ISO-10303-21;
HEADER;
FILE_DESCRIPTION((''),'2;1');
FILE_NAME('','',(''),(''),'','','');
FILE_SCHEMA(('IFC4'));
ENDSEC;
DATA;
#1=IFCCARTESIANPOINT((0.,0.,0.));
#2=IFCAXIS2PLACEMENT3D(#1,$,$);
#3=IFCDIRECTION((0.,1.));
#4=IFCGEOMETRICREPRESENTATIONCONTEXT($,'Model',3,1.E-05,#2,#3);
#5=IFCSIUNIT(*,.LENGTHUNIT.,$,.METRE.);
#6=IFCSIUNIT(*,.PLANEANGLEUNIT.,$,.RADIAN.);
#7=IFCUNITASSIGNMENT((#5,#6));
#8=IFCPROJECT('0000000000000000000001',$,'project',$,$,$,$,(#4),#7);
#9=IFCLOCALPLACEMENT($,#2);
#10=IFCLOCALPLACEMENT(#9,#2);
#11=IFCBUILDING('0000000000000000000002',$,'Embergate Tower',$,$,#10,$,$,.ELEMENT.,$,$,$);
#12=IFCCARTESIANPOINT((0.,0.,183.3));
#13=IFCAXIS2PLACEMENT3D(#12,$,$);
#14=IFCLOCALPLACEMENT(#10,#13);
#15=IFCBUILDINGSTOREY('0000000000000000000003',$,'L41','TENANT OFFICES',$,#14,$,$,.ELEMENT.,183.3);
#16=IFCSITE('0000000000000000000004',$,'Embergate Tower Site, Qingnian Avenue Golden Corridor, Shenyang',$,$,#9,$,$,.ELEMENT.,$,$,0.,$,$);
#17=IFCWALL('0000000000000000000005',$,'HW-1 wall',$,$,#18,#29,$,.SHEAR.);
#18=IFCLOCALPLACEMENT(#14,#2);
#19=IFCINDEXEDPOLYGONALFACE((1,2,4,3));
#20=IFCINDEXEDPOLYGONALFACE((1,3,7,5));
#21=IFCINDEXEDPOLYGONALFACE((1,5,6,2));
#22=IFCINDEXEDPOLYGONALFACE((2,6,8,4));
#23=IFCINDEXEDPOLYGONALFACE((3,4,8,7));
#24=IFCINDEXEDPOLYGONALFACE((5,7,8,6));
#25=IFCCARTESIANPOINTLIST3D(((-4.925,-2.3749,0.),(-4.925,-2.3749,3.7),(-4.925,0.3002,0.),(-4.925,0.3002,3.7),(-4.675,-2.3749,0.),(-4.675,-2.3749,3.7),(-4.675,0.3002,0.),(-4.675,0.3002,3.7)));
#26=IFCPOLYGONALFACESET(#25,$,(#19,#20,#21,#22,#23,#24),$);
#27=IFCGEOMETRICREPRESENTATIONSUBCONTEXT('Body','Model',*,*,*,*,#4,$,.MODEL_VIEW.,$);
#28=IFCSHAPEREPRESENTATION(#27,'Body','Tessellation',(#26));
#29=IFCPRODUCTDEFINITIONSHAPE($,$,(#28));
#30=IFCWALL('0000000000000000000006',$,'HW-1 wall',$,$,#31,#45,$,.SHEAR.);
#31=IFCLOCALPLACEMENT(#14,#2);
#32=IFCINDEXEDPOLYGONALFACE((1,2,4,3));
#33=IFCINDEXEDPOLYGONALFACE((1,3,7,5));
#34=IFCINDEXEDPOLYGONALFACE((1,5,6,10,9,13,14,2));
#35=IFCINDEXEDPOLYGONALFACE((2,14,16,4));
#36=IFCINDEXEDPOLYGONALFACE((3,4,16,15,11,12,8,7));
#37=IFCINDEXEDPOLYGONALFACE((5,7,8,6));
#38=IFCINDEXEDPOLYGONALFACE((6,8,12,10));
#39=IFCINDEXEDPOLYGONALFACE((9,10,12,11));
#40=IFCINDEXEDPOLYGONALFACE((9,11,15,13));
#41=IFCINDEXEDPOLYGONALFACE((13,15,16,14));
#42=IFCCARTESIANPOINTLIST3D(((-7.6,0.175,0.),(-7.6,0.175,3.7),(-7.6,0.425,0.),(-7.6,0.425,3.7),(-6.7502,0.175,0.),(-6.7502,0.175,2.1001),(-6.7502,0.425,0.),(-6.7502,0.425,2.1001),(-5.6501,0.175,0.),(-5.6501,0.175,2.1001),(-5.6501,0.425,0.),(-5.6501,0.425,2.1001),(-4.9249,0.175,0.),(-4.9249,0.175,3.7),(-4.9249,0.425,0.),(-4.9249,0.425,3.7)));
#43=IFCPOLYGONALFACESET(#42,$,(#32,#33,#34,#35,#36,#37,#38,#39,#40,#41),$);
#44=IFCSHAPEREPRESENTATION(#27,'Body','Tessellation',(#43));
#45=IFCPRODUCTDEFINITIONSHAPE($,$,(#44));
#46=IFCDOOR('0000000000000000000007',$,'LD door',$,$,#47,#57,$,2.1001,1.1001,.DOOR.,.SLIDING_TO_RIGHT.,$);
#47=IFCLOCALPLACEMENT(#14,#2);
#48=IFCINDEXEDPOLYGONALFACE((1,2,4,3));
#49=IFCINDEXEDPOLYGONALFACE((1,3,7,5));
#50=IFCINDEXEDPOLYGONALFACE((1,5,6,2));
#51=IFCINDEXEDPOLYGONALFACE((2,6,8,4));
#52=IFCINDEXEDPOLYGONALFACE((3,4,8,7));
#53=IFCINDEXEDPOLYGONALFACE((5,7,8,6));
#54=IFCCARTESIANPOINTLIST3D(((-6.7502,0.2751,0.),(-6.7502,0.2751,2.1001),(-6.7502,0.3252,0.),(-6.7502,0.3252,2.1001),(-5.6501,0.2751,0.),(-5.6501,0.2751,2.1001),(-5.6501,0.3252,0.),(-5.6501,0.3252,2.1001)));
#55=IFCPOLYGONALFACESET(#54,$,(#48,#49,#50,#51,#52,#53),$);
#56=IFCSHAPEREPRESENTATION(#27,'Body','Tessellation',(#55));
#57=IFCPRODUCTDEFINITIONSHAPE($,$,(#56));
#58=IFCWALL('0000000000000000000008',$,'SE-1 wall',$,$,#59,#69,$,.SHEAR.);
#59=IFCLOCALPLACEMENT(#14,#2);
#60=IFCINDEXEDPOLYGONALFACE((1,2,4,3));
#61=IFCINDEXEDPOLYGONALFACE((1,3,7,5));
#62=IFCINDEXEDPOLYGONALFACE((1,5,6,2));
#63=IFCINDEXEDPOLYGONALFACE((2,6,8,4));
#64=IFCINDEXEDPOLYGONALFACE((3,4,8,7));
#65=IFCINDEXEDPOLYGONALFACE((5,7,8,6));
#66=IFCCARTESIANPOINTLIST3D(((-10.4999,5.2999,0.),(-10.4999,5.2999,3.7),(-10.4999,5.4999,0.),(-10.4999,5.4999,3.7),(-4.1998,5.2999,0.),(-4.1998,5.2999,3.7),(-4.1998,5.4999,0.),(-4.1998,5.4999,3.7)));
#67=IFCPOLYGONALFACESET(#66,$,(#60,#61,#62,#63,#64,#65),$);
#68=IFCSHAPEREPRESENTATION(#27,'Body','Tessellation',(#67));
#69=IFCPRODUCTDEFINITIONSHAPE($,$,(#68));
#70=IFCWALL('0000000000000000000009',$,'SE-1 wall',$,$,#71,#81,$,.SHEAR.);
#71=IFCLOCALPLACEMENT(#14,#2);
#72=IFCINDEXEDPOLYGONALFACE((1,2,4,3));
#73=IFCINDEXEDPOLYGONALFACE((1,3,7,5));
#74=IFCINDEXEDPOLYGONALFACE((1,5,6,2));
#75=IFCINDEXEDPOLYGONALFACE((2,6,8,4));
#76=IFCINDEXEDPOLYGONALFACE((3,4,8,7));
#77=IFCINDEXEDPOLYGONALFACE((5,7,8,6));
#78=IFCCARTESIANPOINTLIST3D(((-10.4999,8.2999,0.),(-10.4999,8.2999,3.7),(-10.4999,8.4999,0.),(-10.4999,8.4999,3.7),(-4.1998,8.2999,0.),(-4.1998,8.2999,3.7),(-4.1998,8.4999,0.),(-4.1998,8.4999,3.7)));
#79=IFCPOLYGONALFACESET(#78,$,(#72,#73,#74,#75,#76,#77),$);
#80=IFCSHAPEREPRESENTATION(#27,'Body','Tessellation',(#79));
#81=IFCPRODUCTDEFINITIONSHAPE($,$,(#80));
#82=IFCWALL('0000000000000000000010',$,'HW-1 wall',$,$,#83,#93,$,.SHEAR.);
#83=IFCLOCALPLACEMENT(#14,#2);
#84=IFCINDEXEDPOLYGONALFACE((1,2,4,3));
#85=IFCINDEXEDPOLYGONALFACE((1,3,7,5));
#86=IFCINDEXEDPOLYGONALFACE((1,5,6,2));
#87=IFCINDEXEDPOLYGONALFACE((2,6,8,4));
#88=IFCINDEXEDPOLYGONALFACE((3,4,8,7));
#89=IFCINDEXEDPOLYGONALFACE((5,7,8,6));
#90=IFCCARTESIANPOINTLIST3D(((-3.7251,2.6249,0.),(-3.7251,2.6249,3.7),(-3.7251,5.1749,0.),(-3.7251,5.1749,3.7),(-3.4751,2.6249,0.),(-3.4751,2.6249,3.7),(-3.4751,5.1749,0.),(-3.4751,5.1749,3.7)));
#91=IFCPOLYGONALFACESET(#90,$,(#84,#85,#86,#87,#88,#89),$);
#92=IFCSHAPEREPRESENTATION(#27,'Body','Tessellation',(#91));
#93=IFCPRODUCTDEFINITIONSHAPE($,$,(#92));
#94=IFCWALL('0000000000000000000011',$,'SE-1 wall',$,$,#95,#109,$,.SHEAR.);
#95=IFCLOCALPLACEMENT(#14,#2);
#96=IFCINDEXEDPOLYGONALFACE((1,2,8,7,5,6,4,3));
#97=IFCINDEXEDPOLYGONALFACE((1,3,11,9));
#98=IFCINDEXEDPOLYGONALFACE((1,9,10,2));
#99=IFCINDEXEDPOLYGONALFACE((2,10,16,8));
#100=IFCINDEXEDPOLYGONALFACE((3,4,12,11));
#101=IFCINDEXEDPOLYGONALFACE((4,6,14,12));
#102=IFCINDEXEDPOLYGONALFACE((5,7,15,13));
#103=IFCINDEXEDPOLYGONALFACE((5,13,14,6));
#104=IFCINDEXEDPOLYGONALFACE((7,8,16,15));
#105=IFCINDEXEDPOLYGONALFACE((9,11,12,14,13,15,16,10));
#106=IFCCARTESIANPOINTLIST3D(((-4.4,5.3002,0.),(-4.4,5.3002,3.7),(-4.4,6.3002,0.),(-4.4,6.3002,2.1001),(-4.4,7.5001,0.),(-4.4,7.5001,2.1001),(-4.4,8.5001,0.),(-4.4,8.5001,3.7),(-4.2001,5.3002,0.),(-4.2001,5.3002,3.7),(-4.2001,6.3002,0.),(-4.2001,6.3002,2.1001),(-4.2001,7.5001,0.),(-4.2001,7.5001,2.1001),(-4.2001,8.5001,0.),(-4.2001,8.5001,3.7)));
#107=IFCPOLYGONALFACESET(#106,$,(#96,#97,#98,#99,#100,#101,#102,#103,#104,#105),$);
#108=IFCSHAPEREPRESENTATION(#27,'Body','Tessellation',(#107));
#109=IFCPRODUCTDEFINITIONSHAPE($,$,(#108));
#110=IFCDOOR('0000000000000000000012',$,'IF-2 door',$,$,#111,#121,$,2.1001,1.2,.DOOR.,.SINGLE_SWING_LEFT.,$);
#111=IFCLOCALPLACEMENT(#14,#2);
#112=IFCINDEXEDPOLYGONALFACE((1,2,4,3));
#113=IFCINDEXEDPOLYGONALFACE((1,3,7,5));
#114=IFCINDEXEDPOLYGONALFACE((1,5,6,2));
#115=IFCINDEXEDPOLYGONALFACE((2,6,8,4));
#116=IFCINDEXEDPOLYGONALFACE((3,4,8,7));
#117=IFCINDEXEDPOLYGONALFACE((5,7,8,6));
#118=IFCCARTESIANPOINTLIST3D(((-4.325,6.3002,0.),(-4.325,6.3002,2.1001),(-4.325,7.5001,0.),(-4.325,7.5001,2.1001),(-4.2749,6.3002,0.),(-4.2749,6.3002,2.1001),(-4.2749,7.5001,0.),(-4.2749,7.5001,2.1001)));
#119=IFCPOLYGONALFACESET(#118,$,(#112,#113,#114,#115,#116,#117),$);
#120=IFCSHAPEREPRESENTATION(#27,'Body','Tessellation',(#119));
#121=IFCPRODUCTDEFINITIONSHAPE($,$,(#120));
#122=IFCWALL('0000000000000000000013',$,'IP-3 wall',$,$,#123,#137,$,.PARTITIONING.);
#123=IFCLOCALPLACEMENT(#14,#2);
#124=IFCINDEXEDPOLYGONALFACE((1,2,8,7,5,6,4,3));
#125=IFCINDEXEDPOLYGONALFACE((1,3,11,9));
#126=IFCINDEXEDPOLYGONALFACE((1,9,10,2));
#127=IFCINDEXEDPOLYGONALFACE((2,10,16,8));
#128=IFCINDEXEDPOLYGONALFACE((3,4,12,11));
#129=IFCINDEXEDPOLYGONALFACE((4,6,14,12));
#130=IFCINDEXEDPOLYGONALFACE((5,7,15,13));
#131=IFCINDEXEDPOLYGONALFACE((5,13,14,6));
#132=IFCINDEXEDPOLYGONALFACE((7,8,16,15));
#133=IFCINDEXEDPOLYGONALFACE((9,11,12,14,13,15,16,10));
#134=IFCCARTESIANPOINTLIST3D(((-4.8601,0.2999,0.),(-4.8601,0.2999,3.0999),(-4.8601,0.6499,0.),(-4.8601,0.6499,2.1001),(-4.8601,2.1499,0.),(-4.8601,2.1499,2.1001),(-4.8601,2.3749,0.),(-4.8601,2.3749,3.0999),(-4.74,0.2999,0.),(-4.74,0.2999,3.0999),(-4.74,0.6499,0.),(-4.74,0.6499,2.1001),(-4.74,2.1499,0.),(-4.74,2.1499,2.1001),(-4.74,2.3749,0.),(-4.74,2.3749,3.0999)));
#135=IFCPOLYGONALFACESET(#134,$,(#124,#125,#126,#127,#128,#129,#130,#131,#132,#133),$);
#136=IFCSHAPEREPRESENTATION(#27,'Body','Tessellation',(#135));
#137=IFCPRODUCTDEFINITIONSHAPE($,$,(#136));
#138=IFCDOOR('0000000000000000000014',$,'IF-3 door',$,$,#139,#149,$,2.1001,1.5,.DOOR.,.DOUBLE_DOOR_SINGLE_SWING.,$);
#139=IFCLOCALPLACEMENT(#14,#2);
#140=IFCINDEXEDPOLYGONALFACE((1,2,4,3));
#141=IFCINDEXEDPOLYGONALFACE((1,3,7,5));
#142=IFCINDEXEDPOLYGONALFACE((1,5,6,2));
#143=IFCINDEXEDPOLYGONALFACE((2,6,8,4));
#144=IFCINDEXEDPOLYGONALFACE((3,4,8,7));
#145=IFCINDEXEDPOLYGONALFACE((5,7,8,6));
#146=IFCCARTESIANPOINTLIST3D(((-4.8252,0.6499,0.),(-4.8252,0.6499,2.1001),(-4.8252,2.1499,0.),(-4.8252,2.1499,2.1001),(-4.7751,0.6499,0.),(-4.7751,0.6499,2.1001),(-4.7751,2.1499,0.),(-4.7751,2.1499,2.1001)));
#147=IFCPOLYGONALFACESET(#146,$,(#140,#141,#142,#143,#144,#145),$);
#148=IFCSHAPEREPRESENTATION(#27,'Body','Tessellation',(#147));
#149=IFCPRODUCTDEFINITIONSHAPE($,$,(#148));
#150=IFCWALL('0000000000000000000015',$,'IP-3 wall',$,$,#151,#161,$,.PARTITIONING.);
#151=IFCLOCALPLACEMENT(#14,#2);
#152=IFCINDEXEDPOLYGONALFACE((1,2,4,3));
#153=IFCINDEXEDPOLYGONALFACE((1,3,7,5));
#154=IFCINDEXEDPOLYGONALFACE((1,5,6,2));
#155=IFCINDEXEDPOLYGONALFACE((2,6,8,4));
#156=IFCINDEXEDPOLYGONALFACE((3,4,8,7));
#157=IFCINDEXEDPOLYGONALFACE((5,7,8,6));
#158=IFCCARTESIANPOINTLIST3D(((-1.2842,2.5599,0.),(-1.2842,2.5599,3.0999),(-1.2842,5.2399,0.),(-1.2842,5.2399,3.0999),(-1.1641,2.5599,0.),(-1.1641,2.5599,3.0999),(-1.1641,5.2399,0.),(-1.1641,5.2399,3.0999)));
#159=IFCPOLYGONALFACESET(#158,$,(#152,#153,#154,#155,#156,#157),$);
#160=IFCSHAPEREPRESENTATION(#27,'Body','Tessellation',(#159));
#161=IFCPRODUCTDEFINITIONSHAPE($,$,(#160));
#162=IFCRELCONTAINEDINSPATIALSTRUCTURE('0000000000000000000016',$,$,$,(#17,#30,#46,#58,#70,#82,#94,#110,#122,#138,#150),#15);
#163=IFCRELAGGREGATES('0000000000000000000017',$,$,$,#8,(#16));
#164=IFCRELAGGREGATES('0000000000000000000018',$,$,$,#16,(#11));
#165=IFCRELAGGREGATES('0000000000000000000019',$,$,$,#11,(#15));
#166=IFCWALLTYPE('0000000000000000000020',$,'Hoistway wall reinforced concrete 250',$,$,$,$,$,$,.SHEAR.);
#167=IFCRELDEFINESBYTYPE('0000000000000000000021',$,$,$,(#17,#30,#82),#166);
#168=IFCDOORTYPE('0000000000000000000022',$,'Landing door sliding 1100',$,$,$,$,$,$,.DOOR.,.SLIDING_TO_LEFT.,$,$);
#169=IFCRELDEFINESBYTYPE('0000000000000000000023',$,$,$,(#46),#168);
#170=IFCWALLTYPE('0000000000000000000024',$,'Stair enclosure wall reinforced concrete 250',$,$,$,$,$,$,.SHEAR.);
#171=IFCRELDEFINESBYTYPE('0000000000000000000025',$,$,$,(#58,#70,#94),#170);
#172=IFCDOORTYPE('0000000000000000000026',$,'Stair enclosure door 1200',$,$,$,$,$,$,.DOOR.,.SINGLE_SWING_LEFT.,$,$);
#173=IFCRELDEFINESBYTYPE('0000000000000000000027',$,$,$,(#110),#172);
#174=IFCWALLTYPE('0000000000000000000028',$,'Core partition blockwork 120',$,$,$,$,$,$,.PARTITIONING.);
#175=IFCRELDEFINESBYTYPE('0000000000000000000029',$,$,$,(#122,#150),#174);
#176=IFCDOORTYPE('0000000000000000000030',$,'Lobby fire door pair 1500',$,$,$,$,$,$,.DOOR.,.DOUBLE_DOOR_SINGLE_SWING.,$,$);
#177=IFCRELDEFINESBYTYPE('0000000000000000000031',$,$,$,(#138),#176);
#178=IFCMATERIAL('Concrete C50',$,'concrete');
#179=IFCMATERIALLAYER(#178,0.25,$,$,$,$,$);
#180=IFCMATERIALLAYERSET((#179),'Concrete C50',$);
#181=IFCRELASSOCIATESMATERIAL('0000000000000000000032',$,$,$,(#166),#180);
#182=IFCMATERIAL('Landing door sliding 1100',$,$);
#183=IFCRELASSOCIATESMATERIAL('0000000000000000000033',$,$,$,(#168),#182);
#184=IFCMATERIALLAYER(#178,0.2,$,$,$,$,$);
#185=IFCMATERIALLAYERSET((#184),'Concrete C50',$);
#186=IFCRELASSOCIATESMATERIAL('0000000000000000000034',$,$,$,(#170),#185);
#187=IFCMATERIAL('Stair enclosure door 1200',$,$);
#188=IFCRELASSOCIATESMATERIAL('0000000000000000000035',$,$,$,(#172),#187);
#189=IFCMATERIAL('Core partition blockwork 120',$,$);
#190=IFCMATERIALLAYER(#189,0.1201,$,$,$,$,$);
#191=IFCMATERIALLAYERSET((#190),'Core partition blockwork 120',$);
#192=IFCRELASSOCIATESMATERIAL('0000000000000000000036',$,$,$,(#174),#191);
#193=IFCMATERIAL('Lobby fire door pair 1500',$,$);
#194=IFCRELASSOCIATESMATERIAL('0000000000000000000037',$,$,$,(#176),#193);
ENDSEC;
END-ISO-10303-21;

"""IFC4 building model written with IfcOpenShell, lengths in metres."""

from ifc_helpers import new_model, si_unit, direction, frame, frame_2d, origin, place, context, subcontext, project, spatial, rectangle, extrude, source, transform, mapped, material, layer, layer_set, type_object, element, fill, save


model = new_model("IFC4")

# Units and contexts
model_context = context("Model", 3, precision=1e-05, world=origin(), true_north=direction((0.0, 1.0)))
body_context = subcontext(model_context, "Body", "Model", "MODEL_VIEW")
ifc_project = project(units=[si_unit("LENGTHUNIT", "METRE"), si_unit("PLANEANGLEUNIT", "RADIAN")], contexts=[model_context])

# Site, building, storey
site_placement = place(None, origin())
site = spatial("IfcSite", under=ifc_project, at=site_placement, Name="Embergate Tower Site, Qingnian Avenue Golden Corridor, Shenyang", CompositionType="ELEMENT", RefElevation=0.0)
building_placement = place(site_placement, origin())
building = spatial("IfcBuilding", under=site, at=building_placement, Name="Embergate Tower", CompositionType="ELEMENT")
storey_placement = place(building_placement, frame((0.0, 0.0, 183.3)))
storey = spatial("IfcBuildingStorey", under=building, at=storey_placement, Name="L41", Description="TENANT OFFICES", CompositionType="ELEMENT", Elevation=183.3)

# Wall
ifc_material_1 = material(Name="Concrete C50", Category="concrete")
ifc_layer_1 = layer(ifc_material_1, 0.25)
ifc_layer_set_1 = layer_set([ifc_layer_1], Name="Concrete C50")
wall_type_1 = type_object("IfcWallType", Name="Hoistway wall reinforced concrete 250", PredefinedType="SHEAR", material=ifc_layer_set_1)
shared_shape_1 = source(origin(), body_context, "Body", "SweptSolid", [
    extrude(rectangle(XDim=2.675, YDim=0.25, at=frame_2d((1.3374, 0.0))), origin(), (0.0, 0.0, 1.0), 3.7),
])
wall_1_placement = place(storey_placement, frame((-4.8, 0.3, 0.0), z_axis=(0.0, 0.0, 1.0), x_axis=(0.0, -1.0, 0.0)))
element("IfcWall", 1, at=wall_1_placement, inside=storey, type_object=wall_type_1, Name="HW-1 wall", PredefinedType="SHEAR", context=body_context, shape_type="MappedRepresentation", body=[
    mapped(shared_shape_1, transform((0.0, 0.0, 0.0))),
])

# Wall, opening, door
wall_2_placement = place(storey_placement, frame((-4.925, 0.3, 0.0), z_axis=(0.0, 0.0, 1.0), x_axis=(-1.0, 0.0, 0.0)))
wall_2 = element("IfcWall", 2, at=wall_2_placement, inside=storey, type_object=wall_type_1, Name="HW-1 wall", PredefinedType="SHEAR", context=body_context, shape_type="MappedRepresentation", body=[
    mapped(shared_shape_1, transform((0.0, 0.0, 0.0))),
])
shared_shape_2 = source(origin(), body_context, "Body", "SweptSolid", [
    extrude(rectangle(XDim=1.1001, YDim=2.1001, at=frame_2d((0.55, 1.05))), frame((0.0, 0.135, 0.0), z_axis=(0.0, -1.0, 0.0), x_axis=(1.0, 0.0, 0.0)), (0.0, 0.0, 1.0), 0.27),
])
opening_1_placement = place(wall_2_placement, frame((0.7251, 0.0, 0.0)))
opening_1 = element("IfcOpeningElement", 3, at=opening_1_placement, cuts=wall_2, PredefinedType="OPENING", context=body_context, shape_type="MappedRepresentation", body=[
    mapped(shared_shape_2, transform((0.0, 0.0, 0.0))),
])
ifc_material_2 = material(Name="Landing door sliding 1100")
door_type_1 = type_object("IfcDoorType", Name="Landing door sliding 1100", OperationType="SLIDING_TO_LEFT", PredefinedType="DOOR", material=ifc_material_2)
shared_shape_3 = source(origin(), body_context, "Body", "SweptSolid", [
    extrude(rectangle(XDim=1.1001, YDim=2.1001, at=frame_2d((0.55, 1.05))), frame((0.0, 0.0249, 0.0), z_axis=(0.0, -1.0, 0.0), x_axis=(1.0, 0.0, 0.0)), (0.0, 0.0, 1.0), 0.05),
])
door_1_placement = place(opening_1_placement, origin())
door_1 = element("IfcDoor", 4, at=door_1_placement, inside=storey, type_object=door_type_1, Name="LD door", OperationType="SLIDING_TO_RIGHT", OverallHeight=2.1001, OverallWidth=1.1001, PredefinedType="DOOR", context=body_context, shape_type="MappedRepresentation", body=[
    mapped(shared_shape_3, transform((0.0, 0.0, 0.0))),
])
fill(opening_1, door_1)

# Walls
ifc_layer_2 = layer(ifc_material_1, 0.2)
ifc_layer_set_2 = layer_set([ifc_layer_2], Name="Concrete C50")
wall_type_2 = type_object("IfcWallType", Name="Stair enclosure wall reinforced concrete 250", PredefinedType="SHEAR", material=ifc_layer_set_2)
shared_shape_4 = source(origin(), body_context, "Body", "SweptSolid", [
    extrude(rectangle(XDim=6.3, YDim=0.2, at=frame_2d((3.1499, 0.0))), origin(), (0.0, 0.0, 1.0), 3.7),
])
for number, where, z_axis, x_axis, name in (
    (5, (-4.2, 5.3999, 0.0), (0.0, 0.0, 1.0), (-1.0, 0.0, 0.0), "SE-1 wall"),
    (6, (-4.2, 8.3999, 0.0), (0.0, 0.0, 1.0), (-1.0, 0.0, 0.0), "SE-1 wall"),
):
    element("IfcWall", number, at=place(storey_placement, frame(where, z_axis=z_axis, x_axis=x_axis)), inside=storey, type_object=wall_type_2, Name=name, PredefinedType="SHEAR", context=body_context, shape_type="MappedRepresentation", body=[
        mapped(shared_shape_4, transform((0.0, 0.0, 0.0))),
    ])
shared_shape_5 = source(origin(), body_context, "Body", "SweptSolid", [
    extrude(rectangle(XDim=2.55, YDim=0.25, at=frame_2d((1.2749, 0.0))), origin(), (0.0, 0.0, 1.0), 3.7),
])
wall_3_placement = place(storey_placement, frame((-3.6001, 2.625, 0.0), z_axis=(0.0, 0.0, 1.0), x_axis=(0.0, 1.0, 0.0)))
element("IfcWall", 7, at=wall_3_placement, inside=storey, type_object=wall_type_1, Name="HW-1 wall", PredefinedType="SHEAR", context=body_context, shape_type="MappedRepresentation", body=[
    mapped(shared_shape_5, transform((0.0, 0.0, 0.0))),
])

# Walls, openings, doors
shared_shape_6 = source(origin(), body_context, "Body", "SweptSolid", [
    extrude(rectangle(XDim=3.2, YDim=0.2, at=frame_2d((1.6001, 0.0))), origin(), (0.0, 0.0, 1.0), 3.7),
])
wall_4_placement = place(storey_placement, frame((-4.3, 5.3, 0.0), z_axis=(0.0, 0.0, 1.0), x_axis=(0.0, 1.0, 0.0)))
wall_4 = element("IfcWall", 8, at=wall_4_placement, inside=storey, type_object=wall_type_2, Name="SE-1 wall", PredefinedType="SHEAR", context=body_context, shape_type="MappedRepresentation", body=[
    mapped(shared_shape_6, transform((0.0, 0.0, 0.0))),
])
shared_shape_7 = source(origin(), body_context, "Body", "SweptSolid", [
    extrude(rectangle(XDim=1.2, YDim=2.1001, at=frame_2d((0.6001, 1.05))), frame((0.0, 0.1099, 0.0), z_axis=(0.0, -1.0, 0.0), x_axis=(1.0, 0.0, 0.0)), (0.0, 0.0, 1.0), 0.22),
])
opening_2_placement = place(wall_4_placement, frame((1.0, 0.0, 0.0)))
opening_2 = element("IfcOpeningElement", 9, at=opening_2_placement, cuts=wall_4, PredefinedType="OPENING", context=body_context, shape_type="MappedRepresentation", body=[
    mapped(shared_shape_7, transform((0.0, 0.0, 0.0))),
])
ifc_material_3 = material(Name="Stair enclosure door 1200")
door_type_2 = type_object("IfcDoorType", Name="Stair enclosure door 1200", OperationType="SINGLE_SWING_LEFT", PredefinedType="DOOR", material=ifc_material_3)
shared_shape_8 = source(origin(), body_context, "Body", "SweptSolid", [
    extrude(rectangle(XDim=1.2, YDim=2.1001, at=frame_2d((0.6001, 1.05))), frame((0.0, 0.0249, 0.0), z_axis=(0.0, -1.0, 0.0), x_axis=(1.0, 0.0, 0.0)), (0.0, 0.0, 1.0), 0.05),
])
door_2_placement = place(opening_2_placement, origin())
door_2 = element("IfcDoor", 10, at=door_2_placement, inside=storey, type_object=door_type_2, Name="IF-2 door", OperationType="SINGLE_SWING_LEFT", OverallHeight=2.1001, OverallWidth=1.2, PredefinedType="DOOR", context=body_context, shape_type="MappedRepresentation", body=[
    mapped(shared_shape_8, transform((0.0, 0.0, 0.0))),
])
fill(opening_2, door_2)
ifc_material_4 = material(Name="Core partition blockwork 120")
ifc_layer_3 = layer(ifc_material_4, 0.1201)
ifc_layer_set_3 = layer_set([ifc_layer_3], Name="Core partition blockwork 120")
wall_type_3 = type_object("IfcWallType", Name="Core partition blockwork 120", PredefinedType="PARTITIONING", material=ifc_layer_set_3)
shared_shape_9 = source(origin(), body_context, "Body", "SweptSolid", [
    extrude(rectangle(XDim=2.075, YDim=0.1201, at=frame_2d((1.0376, 0.0))), origin(), (0.0, 0.0, 1.0), 3.0999),
])
wall_5_placement = place(storey_placement, frame((-4.8, 2.375, 0.0), z_axis=(0.0, 0.0, 1.0), x_axis=(0.0, -1.0, 0.0)))
wall_5 = element("IfcWall", 11, at=wall_5_placement, inside=storey, type_object=wall_type_3, Name="IP-3 wall", PredefinedType="PARTITIONING", context=body_context, shape_type="MappedRepresentation", body=[
    mapped(shared_shape_9, transform((0.0, 0.0, 0.0))),
])
shared_shape_10 = source(origin(), body_context, "Body", "SweptSolid", [
    extrude(rectangle(XDim=1.5, YDim=2.1001, at=frame_2d((0.75, 1.05))), frame((0.0, 0.0701, 0.0), z_axis=(0.0, -1.0, 0.0), x_axis=(1.0, 0.0, 0.0)), (0.0, 0.0, 1.0), 0.1401),
])
opening_3_placement = place(wall_5_placement, frame((0.2251, 0.0, 0.0)))
opening_3 = element("IfcOpeningElement", 12, at=opening_3_placement, cuts=wall_5, PredefinedType="OPENING", context=body_context, shape_type="MappedRepresentation", body=[
    mapped(shared_shape_10, transform((0.0, 0.0, 0.0))),
])
ifc_material_5 = material(Name="Lobby fire door pair 1500")
door_type_3 = type_object("IfcDoorType", Name="Lobby fire door pair 1500", OperationType="DOUBLE_DOOR_SINGLE_SWING", PredefinedType="DOOR", material=ifc_material_5)
shared_shape_11 = source(origin(), body_context, "Body", "SweptSolid", [
    extrude(rectangle(XDim=1.5, YDim=2.1001, at=frame_2d((0.75, 1.05))), frame((0.0, 0.0249, 0.0), z_axis=(0.0, -1.0, 0.0), x_axis=(1.0, 0.0, 0.0)), (0.0, 0.0, 1.0), 0.05),
])
door_3_placement = place(opening_3_placement, origin())
door_3 = element("IfcDoor", 13, at=door_3_placement, inside=storey, type_object=door_type_3, Name="IF-3 door", OperationType="DOUBLE_DOOR_SINGLE_SWING", OverallHeight=2.1001, OverallWidth=1.5, PredefinedType="DOOR", context=body_context, shape_type="MappedRepresentation", body=[
    mapped(shared_shape_11, transform((0.0, 0.0, 0.0))),
])
fill(opening_3, door_3)

# Wall
shared_shape_12 = source(origin(), body_context, "Body", "SweptSolid", [
    extrude(rectangle(XDim=2.6799, YDim=0.1201, at=frame_2d((1.3398, 0.0))), origin(), (0.0, 0.0, 1.0), 3.0999),
])
wall_6_placement = place(storey_placement, frame((-1.2241, 2.5601, 0.0), z_axis=(0.0, 0.0, 1.0), x_axis=(0.0, 1.0, 0.0)))
element("IfcWall", 14, at=wall_6_placement, inside=storey, type_object=wall_type_3, Name="IP-3 wall", PredefinedType="PARTITIONING", context=body_context, shape_type="MappedRepresentation", body=[
    mapped(shared_shape_12, transform((0.0, 0.0, 0.0))),
])

save(model, "model.ifc")
